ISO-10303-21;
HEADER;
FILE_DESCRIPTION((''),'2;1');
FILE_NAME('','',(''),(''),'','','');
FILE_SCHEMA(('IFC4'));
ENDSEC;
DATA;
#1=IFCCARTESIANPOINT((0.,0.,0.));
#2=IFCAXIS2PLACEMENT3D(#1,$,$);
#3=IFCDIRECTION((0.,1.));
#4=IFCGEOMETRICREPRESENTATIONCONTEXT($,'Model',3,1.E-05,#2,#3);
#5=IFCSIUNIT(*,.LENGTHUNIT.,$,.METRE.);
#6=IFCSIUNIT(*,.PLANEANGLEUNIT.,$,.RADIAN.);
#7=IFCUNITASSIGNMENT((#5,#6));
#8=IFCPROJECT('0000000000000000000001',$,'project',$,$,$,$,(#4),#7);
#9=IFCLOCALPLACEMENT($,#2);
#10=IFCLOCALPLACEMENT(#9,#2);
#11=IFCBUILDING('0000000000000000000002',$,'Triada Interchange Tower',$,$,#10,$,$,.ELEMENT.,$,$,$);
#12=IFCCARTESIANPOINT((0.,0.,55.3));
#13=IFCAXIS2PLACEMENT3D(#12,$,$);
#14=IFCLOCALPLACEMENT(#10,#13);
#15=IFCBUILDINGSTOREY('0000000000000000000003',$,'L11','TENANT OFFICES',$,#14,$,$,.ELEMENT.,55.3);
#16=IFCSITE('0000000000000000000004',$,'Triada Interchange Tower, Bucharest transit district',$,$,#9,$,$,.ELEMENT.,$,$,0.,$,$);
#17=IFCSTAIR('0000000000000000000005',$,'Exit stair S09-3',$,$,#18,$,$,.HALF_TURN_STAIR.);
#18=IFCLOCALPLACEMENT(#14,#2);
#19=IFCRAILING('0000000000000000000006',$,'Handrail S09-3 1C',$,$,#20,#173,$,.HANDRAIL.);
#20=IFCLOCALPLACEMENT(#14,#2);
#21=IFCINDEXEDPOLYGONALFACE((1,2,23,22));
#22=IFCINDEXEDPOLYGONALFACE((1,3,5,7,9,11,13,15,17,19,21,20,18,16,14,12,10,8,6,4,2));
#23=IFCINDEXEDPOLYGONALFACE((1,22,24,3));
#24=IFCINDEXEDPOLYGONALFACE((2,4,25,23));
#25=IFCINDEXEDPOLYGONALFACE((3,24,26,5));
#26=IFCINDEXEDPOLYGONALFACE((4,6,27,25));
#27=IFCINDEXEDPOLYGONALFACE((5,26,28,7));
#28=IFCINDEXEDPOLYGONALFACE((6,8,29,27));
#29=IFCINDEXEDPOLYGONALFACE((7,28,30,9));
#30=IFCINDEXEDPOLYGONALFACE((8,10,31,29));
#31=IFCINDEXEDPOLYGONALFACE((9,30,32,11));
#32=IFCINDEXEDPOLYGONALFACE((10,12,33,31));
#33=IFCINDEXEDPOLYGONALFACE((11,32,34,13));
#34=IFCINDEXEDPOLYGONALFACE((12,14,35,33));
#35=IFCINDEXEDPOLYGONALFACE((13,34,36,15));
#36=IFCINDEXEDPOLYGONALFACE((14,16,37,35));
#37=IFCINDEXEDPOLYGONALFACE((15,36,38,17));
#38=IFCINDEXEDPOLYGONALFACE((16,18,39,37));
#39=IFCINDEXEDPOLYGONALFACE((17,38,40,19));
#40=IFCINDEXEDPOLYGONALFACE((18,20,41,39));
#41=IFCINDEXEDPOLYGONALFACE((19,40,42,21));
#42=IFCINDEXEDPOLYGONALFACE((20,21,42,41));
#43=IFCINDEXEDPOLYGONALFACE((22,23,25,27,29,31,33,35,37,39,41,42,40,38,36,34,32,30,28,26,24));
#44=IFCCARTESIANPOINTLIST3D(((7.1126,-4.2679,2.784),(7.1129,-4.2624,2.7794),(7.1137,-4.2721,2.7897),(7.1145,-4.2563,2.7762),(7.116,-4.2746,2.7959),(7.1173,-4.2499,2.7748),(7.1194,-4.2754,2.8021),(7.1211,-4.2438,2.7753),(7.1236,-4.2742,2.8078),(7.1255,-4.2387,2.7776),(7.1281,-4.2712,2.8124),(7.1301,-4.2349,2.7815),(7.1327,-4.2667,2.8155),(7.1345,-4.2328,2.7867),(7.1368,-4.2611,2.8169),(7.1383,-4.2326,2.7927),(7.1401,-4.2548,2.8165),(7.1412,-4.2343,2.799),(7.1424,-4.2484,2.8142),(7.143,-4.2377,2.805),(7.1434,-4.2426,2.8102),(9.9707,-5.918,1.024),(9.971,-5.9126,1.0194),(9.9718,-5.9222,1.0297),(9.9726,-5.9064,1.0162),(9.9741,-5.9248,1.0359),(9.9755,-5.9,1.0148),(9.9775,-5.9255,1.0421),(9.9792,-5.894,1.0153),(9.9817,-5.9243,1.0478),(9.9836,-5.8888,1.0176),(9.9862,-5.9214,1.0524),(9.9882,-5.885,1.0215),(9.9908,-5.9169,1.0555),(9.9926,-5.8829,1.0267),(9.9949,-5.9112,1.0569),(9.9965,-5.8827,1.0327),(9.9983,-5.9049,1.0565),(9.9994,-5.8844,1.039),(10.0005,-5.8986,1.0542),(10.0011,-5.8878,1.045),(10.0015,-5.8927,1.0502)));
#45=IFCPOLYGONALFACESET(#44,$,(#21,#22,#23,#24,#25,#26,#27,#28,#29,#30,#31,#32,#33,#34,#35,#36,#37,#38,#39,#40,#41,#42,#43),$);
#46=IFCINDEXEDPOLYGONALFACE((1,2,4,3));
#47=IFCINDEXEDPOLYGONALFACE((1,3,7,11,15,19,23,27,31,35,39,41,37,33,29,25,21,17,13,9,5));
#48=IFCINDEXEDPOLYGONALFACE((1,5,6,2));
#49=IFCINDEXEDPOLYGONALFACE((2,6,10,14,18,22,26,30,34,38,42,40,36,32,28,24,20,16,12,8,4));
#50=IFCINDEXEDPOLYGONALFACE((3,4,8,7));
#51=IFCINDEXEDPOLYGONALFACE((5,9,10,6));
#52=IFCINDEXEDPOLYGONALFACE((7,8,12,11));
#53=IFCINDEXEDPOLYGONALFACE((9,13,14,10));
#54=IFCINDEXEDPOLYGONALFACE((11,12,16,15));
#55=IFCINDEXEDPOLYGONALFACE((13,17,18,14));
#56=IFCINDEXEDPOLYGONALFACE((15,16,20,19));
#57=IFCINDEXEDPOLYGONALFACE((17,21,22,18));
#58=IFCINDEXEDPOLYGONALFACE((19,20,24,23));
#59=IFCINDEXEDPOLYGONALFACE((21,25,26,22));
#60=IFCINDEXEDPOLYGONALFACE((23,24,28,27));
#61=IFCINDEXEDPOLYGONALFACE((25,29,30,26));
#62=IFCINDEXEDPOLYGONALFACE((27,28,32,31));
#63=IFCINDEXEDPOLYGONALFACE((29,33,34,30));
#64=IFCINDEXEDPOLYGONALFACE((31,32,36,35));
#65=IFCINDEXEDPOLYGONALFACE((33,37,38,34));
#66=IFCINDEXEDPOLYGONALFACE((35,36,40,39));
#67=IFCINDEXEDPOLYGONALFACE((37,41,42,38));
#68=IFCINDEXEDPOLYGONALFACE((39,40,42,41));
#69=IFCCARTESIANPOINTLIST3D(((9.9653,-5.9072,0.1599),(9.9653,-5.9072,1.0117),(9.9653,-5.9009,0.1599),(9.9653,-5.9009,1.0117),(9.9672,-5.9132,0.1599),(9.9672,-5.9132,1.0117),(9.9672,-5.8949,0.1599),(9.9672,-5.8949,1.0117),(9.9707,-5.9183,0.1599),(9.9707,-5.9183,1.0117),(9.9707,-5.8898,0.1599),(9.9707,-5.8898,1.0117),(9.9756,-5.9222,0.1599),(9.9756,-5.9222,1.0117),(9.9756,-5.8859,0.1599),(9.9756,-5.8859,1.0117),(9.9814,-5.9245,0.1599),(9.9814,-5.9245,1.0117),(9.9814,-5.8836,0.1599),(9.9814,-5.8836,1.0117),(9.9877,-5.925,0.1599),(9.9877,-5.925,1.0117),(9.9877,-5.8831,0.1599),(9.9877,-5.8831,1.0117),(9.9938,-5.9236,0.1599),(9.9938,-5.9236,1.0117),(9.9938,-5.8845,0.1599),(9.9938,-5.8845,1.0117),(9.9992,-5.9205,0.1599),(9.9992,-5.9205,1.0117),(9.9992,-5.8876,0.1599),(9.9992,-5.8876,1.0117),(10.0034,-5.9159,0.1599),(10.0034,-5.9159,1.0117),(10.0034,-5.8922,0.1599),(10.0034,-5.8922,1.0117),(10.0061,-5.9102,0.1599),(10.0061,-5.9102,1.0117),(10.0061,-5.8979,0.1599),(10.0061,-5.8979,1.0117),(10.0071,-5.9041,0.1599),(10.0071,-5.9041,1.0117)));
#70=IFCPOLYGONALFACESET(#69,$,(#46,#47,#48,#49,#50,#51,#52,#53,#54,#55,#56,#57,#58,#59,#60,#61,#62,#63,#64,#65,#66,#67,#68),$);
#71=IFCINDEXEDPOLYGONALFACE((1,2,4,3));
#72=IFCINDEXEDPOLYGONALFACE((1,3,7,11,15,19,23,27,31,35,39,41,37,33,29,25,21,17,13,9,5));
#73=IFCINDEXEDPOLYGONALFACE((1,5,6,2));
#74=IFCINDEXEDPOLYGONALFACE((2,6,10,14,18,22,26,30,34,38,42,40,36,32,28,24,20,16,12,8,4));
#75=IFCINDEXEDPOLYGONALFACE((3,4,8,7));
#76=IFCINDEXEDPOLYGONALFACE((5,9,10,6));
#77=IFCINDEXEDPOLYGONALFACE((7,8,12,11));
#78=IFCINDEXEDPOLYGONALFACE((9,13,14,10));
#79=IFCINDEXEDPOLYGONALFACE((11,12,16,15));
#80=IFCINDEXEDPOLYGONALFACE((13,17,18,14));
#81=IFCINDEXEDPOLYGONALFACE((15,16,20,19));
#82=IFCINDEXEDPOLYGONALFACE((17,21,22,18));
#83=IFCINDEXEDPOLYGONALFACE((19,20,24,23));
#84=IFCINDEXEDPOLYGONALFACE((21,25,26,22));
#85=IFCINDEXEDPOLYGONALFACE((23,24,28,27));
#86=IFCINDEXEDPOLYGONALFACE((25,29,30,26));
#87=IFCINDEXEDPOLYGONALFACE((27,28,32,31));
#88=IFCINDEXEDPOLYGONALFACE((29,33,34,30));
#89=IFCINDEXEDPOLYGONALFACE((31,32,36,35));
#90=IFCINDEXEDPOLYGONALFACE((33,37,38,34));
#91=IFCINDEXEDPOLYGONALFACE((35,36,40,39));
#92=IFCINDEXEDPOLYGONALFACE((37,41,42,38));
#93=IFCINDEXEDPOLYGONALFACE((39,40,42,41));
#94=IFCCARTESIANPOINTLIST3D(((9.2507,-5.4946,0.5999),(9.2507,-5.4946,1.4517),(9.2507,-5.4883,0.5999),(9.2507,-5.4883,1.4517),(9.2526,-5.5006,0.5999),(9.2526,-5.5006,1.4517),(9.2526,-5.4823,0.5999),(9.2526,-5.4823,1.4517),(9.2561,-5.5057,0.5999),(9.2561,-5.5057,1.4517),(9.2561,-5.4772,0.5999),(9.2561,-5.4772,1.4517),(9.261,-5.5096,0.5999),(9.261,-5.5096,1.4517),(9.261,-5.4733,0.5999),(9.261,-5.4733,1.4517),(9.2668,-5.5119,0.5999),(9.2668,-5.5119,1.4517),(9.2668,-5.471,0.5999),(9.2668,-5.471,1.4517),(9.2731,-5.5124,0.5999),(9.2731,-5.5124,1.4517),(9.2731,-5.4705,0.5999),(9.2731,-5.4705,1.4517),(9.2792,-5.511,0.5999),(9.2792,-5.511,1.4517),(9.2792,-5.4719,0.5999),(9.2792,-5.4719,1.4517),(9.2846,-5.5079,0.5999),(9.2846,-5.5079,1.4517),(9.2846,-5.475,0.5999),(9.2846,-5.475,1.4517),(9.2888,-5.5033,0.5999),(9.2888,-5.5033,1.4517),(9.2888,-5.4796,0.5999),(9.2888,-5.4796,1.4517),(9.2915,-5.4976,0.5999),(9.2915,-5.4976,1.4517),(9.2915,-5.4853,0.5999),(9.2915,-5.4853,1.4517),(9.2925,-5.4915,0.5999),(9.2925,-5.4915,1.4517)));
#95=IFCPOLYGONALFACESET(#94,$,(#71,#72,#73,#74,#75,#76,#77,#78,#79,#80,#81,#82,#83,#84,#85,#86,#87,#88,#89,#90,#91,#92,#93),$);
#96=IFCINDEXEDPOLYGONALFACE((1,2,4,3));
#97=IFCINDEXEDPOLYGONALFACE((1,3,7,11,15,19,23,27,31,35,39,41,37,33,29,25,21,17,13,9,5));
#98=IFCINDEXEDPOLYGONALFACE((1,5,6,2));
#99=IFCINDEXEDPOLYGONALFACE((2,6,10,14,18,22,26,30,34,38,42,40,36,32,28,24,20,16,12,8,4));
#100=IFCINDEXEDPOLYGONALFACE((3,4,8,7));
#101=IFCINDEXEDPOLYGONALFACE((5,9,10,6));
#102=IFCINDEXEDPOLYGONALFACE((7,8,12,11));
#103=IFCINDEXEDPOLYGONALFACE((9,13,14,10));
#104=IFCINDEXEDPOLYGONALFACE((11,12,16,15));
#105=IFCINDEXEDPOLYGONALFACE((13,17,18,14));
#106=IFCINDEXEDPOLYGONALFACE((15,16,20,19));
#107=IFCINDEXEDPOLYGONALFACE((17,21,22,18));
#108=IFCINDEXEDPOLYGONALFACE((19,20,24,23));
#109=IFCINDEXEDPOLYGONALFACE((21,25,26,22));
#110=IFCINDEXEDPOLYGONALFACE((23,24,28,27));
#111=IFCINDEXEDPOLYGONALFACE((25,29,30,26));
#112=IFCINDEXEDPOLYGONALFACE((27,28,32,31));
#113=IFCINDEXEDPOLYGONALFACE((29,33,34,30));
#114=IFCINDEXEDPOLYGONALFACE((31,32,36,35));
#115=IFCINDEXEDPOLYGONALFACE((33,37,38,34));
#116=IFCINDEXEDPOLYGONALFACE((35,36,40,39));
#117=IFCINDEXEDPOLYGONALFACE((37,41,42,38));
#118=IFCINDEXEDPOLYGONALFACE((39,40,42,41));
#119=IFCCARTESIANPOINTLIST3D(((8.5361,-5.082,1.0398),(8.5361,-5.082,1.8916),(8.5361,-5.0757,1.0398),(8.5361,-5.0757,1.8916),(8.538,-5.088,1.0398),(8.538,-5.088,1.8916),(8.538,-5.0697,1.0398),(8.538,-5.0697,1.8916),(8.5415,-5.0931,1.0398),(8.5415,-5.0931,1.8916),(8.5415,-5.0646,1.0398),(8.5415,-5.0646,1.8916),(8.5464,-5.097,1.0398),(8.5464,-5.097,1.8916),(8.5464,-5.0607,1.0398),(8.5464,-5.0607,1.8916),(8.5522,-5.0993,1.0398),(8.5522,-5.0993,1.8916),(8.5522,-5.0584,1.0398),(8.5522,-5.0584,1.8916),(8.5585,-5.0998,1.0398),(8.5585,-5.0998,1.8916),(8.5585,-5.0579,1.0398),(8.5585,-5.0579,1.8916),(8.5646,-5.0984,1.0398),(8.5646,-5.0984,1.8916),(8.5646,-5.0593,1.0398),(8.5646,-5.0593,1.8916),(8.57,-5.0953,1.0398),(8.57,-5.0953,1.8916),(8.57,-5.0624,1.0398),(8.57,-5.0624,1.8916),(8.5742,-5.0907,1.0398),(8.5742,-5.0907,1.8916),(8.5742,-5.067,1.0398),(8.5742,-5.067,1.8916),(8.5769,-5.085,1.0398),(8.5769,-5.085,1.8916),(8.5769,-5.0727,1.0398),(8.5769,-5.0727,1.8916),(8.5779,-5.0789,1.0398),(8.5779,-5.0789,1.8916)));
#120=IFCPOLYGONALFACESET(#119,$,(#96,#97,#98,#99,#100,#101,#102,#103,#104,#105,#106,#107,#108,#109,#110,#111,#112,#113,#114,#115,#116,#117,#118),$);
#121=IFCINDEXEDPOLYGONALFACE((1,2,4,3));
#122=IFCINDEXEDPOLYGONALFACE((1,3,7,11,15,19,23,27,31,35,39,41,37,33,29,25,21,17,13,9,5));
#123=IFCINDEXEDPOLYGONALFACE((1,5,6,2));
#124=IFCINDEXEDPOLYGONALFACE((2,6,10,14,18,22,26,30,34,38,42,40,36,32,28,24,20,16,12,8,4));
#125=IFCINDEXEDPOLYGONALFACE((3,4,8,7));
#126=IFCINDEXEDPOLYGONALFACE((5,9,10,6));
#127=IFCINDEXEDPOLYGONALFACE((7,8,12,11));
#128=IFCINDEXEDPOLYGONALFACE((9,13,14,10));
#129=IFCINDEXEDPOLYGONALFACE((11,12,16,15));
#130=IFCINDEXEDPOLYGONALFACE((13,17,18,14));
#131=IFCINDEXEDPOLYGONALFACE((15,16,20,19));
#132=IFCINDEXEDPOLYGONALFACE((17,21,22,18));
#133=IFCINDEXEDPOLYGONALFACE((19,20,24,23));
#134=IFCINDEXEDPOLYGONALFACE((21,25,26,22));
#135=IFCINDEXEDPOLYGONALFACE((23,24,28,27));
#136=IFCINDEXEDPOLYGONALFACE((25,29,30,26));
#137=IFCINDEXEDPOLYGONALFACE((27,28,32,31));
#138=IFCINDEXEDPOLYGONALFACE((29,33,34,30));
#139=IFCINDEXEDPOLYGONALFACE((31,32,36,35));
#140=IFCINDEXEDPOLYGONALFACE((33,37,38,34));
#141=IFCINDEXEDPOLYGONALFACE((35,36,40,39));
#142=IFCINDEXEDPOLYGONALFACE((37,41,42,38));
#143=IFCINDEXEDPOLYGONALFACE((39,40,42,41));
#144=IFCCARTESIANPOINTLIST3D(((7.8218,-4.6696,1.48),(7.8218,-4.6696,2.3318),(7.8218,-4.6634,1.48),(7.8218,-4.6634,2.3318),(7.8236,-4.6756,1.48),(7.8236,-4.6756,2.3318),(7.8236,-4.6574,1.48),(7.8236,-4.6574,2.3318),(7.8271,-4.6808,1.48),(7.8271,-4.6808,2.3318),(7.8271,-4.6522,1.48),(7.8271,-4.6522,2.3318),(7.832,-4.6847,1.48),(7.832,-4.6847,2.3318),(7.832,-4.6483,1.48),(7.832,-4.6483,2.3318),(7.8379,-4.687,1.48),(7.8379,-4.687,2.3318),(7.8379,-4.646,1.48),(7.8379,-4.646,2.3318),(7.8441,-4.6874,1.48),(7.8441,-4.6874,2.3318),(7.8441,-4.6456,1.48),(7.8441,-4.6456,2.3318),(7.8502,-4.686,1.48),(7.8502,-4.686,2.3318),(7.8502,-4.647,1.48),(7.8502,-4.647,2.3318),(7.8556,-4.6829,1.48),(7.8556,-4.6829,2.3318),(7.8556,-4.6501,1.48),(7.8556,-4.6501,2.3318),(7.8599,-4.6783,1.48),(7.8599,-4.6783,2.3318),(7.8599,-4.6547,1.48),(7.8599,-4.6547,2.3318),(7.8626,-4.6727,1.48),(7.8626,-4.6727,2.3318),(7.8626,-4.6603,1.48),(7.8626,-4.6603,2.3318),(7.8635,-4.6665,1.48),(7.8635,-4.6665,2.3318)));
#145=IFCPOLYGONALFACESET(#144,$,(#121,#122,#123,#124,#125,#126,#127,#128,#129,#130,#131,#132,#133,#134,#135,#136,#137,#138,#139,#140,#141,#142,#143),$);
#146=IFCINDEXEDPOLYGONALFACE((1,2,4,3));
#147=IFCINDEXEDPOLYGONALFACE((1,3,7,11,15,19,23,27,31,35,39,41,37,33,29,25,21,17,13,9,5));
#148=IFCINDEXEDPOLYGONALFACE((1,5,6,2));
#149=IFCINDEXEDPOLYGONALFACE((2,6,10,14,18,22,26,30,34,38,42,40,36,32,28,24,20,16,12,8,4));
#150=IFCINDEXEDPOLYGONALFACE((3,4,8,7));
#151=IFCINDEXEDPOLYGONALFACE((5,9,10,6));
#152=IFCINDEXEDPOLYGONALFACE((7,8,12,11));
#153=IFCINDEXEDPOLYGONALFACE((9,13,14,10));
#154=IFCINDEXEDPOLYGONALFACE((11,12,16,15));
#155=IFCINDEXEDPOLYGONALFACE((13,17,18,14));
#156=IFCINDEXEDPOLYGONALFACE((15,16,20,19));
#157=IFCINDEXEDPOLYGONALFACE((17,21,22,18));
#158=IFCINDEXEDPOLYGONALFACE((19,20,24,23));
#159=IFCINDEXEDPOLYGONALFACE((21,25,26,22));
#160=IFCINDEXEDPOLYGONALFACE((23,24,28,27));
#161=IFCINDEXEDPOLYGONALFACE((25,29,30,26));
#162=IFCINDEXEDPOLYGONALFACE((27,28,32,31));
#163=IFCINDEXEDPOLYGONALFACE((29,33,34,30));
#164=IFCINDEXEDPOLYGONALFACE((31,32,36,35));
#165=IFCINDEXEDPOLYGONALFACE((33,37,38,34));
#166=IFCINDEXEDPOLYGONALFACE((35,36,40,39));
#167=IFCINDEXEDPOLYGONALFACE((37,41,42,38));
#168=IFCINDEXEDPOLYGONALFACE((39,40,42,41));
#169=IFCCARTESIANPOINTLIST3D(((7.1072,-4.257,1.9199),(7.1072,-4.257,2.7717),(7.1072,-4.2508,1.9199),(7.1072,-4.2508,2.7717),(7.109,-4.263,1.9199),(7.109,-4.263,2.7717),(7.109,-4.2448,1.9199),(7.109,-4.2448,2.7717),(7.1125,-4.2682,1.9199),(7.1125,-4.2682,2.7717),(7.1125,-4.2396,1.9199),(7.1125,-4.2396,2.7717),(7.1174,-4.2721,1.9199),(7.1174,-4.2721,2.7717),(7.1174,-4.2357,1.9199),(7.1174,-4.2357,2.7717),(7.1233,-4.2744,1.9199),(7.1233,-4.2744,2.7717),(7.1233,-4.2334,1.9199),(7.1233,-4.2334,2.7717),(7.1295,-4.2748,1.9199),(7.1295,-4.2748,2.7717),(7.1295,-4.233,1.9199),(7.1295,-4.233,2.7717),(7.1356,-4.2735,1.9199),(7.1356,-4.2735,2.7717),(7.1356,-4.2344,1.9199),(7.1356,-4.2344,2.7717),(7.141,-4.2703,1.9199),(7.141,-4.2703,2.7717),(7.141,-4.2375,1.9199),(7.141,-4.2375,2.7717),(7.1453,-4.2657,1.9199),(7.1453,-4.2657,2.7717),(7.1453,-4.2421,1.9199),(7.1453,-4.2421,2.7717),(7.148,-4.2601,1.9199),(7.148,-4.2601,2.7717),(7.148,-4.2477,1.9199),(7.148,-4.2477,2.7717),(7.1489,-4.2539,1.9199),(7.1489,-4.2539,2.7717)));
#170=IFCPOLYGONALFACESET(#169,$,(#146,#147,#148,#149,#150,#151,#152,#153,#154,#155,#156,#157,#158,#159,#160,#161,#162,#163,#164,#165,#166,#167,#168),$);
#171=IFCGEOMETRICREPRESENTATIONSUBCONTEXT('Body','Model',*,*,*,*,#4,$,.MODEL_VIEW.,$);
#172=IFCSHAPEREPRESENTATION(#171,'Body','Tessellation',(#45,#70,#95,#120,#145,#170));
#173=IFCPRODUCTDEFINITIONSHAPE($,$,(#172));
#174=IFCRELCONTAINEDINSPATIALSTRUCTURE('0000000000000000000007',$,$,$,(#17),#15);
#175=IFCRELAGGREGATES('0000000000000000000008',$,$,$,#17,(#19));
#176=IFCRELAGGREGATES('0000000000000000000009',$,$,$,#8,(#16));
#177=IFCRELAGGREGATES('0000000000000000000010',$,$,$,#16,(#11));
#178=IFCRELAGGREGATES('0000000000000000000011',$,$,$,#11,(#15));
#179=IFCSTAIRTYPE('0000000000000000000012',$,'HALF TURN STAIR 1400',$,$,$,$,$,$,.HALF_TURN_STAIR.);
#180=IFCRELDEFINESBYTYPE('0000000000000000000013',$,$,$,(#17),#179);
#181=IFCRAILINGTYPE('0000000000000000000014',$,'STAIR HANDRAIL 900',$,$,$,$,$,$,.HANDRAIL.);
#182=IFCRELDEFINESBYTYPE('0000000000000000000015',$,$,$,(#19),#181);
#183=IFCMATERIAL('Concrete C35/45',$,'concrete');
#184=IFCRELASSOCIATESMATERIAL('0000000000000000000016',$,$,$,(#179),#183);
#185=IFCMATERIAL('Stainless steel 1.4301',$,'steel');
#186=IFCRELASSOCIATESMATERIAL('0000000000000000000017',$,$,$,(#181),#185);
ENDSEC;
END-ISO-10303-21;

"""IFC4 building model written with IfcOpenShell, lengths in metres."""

from ifc_helpers import new_model, si_unit, direction, frame, origin, origin_2d, place, context, subcontext, project, spatial, circle, extrude, material, type_object, element, aggregate, save


model = new_model("IFC4")

# Units and contexts
model_context = context("Model", 3, precision=1e-05, world=origin(), true_north=direction((0.0, 1.0)))
body_context = subcontext(model_context, "Body", "Model", "MODEL_VIEW")
ifc_project = project(units=[si_unit("LENGTHUNIT", "METRE"), si_unit("PLANEANGLEUNIT", "RADIAN")], contexts=[model_context])

# Site, building, storey
site_placement = place(None, origin())
site = spatial("IfcSite", under=ifc_project, at=site_placement, Name="Triada Interchange Tower, Bucharest transit district", CompositionType="ELEMENT", RefElevation=0.0)
building_placement = place(site_placement, origin())
building = spatial("IfcBuilding", under=site, at=building_placement, Name="Triada Interchange Tower", CompositionType="ELEMENT")
storey_placement = place(building_placement, frame((0.0, 0.0, 55.3)))
storey = spatial("IfcBuildingStorey", under=building, at=storey_placement, Name="L11", Description="TENANT OFFICES", CompositionType="ELEMENT", Elevation=55.3)

# Stair, railing
ifc_material_1 = material(Name="Concrete C35/45", Category="concrete")
stair_type = type_object("IfcStairType", Name="HALF TURN STAIR 1400", PredefinedType="HALF_TURN_STAIR", material=ifc_material_1)
stair_placement = place(storey_placement, origin())
stair = element("IfcStair", 1, at=stair_placement, inside=storey, type_object=stair_type, Name="Exit stair S09-3", PredefinedType="HALF_TURN_STAIR")
ifc_material_2 = material(Name="Stainless steel 1.4301", Category="steel")
railing_type = type_object("IfcRailingType", Name="STAIR HANDRAIL 900", PredefinedType="HANDRAIL", material=ifc_material_2)
railing_1_placement = place(storey_placement, frame((9.9861, -5.9041, 0.1599)))
railing_1 = element("IfcRailing", 2, at=railing_1_placement, type_object=railing_type, Name="Handrail S09-3 1C", PredefinedType="HANDRAIL", context=body_context, shape_type="SweptSolid", body=[
    extrude(circle(Radius=0.0239, at=origin_2d()), frame((0.0, 0.0, 0.876), z_axis=(-0.764156, 0.441183, 0.470556), x_axis=(-0.499998, -0.866027, 0.0)), (0.0, 0.0, 1.0), 3.7402),
    extrude(circle(Radius=0.021, at=origin_2d()), origin(), (0.0, 0.0, 1.0), 0.8518),
    extrude(circle(Radius=0.021, at=origin_2d()), frame((-0.7146, 0.4126, 0.4399)), (0.0, 0.0, 1.0), 0.8518),
    extrude(circle(Radius=0.021, at=origin_2d()), frame((-1.4292, 0.8252, 0.8799)), (0.0, 0.0, 1.0), 0.8518),
    extrude(circle(Radius=0.021, at=origin_2d()), frame((-2.1436, 1.2375, 1.3201)), (0.0, 0.0, 1.0), 0.8518),
    extrude(circle(Radius=0.021, at=origin_2d()), frame((-2.8582, 1.6501, 1.76)), (0.0, 0.0, 1.0), 0.8518),
])
aggregate(stair, [railing_1])

save(model, "model.ifc")
